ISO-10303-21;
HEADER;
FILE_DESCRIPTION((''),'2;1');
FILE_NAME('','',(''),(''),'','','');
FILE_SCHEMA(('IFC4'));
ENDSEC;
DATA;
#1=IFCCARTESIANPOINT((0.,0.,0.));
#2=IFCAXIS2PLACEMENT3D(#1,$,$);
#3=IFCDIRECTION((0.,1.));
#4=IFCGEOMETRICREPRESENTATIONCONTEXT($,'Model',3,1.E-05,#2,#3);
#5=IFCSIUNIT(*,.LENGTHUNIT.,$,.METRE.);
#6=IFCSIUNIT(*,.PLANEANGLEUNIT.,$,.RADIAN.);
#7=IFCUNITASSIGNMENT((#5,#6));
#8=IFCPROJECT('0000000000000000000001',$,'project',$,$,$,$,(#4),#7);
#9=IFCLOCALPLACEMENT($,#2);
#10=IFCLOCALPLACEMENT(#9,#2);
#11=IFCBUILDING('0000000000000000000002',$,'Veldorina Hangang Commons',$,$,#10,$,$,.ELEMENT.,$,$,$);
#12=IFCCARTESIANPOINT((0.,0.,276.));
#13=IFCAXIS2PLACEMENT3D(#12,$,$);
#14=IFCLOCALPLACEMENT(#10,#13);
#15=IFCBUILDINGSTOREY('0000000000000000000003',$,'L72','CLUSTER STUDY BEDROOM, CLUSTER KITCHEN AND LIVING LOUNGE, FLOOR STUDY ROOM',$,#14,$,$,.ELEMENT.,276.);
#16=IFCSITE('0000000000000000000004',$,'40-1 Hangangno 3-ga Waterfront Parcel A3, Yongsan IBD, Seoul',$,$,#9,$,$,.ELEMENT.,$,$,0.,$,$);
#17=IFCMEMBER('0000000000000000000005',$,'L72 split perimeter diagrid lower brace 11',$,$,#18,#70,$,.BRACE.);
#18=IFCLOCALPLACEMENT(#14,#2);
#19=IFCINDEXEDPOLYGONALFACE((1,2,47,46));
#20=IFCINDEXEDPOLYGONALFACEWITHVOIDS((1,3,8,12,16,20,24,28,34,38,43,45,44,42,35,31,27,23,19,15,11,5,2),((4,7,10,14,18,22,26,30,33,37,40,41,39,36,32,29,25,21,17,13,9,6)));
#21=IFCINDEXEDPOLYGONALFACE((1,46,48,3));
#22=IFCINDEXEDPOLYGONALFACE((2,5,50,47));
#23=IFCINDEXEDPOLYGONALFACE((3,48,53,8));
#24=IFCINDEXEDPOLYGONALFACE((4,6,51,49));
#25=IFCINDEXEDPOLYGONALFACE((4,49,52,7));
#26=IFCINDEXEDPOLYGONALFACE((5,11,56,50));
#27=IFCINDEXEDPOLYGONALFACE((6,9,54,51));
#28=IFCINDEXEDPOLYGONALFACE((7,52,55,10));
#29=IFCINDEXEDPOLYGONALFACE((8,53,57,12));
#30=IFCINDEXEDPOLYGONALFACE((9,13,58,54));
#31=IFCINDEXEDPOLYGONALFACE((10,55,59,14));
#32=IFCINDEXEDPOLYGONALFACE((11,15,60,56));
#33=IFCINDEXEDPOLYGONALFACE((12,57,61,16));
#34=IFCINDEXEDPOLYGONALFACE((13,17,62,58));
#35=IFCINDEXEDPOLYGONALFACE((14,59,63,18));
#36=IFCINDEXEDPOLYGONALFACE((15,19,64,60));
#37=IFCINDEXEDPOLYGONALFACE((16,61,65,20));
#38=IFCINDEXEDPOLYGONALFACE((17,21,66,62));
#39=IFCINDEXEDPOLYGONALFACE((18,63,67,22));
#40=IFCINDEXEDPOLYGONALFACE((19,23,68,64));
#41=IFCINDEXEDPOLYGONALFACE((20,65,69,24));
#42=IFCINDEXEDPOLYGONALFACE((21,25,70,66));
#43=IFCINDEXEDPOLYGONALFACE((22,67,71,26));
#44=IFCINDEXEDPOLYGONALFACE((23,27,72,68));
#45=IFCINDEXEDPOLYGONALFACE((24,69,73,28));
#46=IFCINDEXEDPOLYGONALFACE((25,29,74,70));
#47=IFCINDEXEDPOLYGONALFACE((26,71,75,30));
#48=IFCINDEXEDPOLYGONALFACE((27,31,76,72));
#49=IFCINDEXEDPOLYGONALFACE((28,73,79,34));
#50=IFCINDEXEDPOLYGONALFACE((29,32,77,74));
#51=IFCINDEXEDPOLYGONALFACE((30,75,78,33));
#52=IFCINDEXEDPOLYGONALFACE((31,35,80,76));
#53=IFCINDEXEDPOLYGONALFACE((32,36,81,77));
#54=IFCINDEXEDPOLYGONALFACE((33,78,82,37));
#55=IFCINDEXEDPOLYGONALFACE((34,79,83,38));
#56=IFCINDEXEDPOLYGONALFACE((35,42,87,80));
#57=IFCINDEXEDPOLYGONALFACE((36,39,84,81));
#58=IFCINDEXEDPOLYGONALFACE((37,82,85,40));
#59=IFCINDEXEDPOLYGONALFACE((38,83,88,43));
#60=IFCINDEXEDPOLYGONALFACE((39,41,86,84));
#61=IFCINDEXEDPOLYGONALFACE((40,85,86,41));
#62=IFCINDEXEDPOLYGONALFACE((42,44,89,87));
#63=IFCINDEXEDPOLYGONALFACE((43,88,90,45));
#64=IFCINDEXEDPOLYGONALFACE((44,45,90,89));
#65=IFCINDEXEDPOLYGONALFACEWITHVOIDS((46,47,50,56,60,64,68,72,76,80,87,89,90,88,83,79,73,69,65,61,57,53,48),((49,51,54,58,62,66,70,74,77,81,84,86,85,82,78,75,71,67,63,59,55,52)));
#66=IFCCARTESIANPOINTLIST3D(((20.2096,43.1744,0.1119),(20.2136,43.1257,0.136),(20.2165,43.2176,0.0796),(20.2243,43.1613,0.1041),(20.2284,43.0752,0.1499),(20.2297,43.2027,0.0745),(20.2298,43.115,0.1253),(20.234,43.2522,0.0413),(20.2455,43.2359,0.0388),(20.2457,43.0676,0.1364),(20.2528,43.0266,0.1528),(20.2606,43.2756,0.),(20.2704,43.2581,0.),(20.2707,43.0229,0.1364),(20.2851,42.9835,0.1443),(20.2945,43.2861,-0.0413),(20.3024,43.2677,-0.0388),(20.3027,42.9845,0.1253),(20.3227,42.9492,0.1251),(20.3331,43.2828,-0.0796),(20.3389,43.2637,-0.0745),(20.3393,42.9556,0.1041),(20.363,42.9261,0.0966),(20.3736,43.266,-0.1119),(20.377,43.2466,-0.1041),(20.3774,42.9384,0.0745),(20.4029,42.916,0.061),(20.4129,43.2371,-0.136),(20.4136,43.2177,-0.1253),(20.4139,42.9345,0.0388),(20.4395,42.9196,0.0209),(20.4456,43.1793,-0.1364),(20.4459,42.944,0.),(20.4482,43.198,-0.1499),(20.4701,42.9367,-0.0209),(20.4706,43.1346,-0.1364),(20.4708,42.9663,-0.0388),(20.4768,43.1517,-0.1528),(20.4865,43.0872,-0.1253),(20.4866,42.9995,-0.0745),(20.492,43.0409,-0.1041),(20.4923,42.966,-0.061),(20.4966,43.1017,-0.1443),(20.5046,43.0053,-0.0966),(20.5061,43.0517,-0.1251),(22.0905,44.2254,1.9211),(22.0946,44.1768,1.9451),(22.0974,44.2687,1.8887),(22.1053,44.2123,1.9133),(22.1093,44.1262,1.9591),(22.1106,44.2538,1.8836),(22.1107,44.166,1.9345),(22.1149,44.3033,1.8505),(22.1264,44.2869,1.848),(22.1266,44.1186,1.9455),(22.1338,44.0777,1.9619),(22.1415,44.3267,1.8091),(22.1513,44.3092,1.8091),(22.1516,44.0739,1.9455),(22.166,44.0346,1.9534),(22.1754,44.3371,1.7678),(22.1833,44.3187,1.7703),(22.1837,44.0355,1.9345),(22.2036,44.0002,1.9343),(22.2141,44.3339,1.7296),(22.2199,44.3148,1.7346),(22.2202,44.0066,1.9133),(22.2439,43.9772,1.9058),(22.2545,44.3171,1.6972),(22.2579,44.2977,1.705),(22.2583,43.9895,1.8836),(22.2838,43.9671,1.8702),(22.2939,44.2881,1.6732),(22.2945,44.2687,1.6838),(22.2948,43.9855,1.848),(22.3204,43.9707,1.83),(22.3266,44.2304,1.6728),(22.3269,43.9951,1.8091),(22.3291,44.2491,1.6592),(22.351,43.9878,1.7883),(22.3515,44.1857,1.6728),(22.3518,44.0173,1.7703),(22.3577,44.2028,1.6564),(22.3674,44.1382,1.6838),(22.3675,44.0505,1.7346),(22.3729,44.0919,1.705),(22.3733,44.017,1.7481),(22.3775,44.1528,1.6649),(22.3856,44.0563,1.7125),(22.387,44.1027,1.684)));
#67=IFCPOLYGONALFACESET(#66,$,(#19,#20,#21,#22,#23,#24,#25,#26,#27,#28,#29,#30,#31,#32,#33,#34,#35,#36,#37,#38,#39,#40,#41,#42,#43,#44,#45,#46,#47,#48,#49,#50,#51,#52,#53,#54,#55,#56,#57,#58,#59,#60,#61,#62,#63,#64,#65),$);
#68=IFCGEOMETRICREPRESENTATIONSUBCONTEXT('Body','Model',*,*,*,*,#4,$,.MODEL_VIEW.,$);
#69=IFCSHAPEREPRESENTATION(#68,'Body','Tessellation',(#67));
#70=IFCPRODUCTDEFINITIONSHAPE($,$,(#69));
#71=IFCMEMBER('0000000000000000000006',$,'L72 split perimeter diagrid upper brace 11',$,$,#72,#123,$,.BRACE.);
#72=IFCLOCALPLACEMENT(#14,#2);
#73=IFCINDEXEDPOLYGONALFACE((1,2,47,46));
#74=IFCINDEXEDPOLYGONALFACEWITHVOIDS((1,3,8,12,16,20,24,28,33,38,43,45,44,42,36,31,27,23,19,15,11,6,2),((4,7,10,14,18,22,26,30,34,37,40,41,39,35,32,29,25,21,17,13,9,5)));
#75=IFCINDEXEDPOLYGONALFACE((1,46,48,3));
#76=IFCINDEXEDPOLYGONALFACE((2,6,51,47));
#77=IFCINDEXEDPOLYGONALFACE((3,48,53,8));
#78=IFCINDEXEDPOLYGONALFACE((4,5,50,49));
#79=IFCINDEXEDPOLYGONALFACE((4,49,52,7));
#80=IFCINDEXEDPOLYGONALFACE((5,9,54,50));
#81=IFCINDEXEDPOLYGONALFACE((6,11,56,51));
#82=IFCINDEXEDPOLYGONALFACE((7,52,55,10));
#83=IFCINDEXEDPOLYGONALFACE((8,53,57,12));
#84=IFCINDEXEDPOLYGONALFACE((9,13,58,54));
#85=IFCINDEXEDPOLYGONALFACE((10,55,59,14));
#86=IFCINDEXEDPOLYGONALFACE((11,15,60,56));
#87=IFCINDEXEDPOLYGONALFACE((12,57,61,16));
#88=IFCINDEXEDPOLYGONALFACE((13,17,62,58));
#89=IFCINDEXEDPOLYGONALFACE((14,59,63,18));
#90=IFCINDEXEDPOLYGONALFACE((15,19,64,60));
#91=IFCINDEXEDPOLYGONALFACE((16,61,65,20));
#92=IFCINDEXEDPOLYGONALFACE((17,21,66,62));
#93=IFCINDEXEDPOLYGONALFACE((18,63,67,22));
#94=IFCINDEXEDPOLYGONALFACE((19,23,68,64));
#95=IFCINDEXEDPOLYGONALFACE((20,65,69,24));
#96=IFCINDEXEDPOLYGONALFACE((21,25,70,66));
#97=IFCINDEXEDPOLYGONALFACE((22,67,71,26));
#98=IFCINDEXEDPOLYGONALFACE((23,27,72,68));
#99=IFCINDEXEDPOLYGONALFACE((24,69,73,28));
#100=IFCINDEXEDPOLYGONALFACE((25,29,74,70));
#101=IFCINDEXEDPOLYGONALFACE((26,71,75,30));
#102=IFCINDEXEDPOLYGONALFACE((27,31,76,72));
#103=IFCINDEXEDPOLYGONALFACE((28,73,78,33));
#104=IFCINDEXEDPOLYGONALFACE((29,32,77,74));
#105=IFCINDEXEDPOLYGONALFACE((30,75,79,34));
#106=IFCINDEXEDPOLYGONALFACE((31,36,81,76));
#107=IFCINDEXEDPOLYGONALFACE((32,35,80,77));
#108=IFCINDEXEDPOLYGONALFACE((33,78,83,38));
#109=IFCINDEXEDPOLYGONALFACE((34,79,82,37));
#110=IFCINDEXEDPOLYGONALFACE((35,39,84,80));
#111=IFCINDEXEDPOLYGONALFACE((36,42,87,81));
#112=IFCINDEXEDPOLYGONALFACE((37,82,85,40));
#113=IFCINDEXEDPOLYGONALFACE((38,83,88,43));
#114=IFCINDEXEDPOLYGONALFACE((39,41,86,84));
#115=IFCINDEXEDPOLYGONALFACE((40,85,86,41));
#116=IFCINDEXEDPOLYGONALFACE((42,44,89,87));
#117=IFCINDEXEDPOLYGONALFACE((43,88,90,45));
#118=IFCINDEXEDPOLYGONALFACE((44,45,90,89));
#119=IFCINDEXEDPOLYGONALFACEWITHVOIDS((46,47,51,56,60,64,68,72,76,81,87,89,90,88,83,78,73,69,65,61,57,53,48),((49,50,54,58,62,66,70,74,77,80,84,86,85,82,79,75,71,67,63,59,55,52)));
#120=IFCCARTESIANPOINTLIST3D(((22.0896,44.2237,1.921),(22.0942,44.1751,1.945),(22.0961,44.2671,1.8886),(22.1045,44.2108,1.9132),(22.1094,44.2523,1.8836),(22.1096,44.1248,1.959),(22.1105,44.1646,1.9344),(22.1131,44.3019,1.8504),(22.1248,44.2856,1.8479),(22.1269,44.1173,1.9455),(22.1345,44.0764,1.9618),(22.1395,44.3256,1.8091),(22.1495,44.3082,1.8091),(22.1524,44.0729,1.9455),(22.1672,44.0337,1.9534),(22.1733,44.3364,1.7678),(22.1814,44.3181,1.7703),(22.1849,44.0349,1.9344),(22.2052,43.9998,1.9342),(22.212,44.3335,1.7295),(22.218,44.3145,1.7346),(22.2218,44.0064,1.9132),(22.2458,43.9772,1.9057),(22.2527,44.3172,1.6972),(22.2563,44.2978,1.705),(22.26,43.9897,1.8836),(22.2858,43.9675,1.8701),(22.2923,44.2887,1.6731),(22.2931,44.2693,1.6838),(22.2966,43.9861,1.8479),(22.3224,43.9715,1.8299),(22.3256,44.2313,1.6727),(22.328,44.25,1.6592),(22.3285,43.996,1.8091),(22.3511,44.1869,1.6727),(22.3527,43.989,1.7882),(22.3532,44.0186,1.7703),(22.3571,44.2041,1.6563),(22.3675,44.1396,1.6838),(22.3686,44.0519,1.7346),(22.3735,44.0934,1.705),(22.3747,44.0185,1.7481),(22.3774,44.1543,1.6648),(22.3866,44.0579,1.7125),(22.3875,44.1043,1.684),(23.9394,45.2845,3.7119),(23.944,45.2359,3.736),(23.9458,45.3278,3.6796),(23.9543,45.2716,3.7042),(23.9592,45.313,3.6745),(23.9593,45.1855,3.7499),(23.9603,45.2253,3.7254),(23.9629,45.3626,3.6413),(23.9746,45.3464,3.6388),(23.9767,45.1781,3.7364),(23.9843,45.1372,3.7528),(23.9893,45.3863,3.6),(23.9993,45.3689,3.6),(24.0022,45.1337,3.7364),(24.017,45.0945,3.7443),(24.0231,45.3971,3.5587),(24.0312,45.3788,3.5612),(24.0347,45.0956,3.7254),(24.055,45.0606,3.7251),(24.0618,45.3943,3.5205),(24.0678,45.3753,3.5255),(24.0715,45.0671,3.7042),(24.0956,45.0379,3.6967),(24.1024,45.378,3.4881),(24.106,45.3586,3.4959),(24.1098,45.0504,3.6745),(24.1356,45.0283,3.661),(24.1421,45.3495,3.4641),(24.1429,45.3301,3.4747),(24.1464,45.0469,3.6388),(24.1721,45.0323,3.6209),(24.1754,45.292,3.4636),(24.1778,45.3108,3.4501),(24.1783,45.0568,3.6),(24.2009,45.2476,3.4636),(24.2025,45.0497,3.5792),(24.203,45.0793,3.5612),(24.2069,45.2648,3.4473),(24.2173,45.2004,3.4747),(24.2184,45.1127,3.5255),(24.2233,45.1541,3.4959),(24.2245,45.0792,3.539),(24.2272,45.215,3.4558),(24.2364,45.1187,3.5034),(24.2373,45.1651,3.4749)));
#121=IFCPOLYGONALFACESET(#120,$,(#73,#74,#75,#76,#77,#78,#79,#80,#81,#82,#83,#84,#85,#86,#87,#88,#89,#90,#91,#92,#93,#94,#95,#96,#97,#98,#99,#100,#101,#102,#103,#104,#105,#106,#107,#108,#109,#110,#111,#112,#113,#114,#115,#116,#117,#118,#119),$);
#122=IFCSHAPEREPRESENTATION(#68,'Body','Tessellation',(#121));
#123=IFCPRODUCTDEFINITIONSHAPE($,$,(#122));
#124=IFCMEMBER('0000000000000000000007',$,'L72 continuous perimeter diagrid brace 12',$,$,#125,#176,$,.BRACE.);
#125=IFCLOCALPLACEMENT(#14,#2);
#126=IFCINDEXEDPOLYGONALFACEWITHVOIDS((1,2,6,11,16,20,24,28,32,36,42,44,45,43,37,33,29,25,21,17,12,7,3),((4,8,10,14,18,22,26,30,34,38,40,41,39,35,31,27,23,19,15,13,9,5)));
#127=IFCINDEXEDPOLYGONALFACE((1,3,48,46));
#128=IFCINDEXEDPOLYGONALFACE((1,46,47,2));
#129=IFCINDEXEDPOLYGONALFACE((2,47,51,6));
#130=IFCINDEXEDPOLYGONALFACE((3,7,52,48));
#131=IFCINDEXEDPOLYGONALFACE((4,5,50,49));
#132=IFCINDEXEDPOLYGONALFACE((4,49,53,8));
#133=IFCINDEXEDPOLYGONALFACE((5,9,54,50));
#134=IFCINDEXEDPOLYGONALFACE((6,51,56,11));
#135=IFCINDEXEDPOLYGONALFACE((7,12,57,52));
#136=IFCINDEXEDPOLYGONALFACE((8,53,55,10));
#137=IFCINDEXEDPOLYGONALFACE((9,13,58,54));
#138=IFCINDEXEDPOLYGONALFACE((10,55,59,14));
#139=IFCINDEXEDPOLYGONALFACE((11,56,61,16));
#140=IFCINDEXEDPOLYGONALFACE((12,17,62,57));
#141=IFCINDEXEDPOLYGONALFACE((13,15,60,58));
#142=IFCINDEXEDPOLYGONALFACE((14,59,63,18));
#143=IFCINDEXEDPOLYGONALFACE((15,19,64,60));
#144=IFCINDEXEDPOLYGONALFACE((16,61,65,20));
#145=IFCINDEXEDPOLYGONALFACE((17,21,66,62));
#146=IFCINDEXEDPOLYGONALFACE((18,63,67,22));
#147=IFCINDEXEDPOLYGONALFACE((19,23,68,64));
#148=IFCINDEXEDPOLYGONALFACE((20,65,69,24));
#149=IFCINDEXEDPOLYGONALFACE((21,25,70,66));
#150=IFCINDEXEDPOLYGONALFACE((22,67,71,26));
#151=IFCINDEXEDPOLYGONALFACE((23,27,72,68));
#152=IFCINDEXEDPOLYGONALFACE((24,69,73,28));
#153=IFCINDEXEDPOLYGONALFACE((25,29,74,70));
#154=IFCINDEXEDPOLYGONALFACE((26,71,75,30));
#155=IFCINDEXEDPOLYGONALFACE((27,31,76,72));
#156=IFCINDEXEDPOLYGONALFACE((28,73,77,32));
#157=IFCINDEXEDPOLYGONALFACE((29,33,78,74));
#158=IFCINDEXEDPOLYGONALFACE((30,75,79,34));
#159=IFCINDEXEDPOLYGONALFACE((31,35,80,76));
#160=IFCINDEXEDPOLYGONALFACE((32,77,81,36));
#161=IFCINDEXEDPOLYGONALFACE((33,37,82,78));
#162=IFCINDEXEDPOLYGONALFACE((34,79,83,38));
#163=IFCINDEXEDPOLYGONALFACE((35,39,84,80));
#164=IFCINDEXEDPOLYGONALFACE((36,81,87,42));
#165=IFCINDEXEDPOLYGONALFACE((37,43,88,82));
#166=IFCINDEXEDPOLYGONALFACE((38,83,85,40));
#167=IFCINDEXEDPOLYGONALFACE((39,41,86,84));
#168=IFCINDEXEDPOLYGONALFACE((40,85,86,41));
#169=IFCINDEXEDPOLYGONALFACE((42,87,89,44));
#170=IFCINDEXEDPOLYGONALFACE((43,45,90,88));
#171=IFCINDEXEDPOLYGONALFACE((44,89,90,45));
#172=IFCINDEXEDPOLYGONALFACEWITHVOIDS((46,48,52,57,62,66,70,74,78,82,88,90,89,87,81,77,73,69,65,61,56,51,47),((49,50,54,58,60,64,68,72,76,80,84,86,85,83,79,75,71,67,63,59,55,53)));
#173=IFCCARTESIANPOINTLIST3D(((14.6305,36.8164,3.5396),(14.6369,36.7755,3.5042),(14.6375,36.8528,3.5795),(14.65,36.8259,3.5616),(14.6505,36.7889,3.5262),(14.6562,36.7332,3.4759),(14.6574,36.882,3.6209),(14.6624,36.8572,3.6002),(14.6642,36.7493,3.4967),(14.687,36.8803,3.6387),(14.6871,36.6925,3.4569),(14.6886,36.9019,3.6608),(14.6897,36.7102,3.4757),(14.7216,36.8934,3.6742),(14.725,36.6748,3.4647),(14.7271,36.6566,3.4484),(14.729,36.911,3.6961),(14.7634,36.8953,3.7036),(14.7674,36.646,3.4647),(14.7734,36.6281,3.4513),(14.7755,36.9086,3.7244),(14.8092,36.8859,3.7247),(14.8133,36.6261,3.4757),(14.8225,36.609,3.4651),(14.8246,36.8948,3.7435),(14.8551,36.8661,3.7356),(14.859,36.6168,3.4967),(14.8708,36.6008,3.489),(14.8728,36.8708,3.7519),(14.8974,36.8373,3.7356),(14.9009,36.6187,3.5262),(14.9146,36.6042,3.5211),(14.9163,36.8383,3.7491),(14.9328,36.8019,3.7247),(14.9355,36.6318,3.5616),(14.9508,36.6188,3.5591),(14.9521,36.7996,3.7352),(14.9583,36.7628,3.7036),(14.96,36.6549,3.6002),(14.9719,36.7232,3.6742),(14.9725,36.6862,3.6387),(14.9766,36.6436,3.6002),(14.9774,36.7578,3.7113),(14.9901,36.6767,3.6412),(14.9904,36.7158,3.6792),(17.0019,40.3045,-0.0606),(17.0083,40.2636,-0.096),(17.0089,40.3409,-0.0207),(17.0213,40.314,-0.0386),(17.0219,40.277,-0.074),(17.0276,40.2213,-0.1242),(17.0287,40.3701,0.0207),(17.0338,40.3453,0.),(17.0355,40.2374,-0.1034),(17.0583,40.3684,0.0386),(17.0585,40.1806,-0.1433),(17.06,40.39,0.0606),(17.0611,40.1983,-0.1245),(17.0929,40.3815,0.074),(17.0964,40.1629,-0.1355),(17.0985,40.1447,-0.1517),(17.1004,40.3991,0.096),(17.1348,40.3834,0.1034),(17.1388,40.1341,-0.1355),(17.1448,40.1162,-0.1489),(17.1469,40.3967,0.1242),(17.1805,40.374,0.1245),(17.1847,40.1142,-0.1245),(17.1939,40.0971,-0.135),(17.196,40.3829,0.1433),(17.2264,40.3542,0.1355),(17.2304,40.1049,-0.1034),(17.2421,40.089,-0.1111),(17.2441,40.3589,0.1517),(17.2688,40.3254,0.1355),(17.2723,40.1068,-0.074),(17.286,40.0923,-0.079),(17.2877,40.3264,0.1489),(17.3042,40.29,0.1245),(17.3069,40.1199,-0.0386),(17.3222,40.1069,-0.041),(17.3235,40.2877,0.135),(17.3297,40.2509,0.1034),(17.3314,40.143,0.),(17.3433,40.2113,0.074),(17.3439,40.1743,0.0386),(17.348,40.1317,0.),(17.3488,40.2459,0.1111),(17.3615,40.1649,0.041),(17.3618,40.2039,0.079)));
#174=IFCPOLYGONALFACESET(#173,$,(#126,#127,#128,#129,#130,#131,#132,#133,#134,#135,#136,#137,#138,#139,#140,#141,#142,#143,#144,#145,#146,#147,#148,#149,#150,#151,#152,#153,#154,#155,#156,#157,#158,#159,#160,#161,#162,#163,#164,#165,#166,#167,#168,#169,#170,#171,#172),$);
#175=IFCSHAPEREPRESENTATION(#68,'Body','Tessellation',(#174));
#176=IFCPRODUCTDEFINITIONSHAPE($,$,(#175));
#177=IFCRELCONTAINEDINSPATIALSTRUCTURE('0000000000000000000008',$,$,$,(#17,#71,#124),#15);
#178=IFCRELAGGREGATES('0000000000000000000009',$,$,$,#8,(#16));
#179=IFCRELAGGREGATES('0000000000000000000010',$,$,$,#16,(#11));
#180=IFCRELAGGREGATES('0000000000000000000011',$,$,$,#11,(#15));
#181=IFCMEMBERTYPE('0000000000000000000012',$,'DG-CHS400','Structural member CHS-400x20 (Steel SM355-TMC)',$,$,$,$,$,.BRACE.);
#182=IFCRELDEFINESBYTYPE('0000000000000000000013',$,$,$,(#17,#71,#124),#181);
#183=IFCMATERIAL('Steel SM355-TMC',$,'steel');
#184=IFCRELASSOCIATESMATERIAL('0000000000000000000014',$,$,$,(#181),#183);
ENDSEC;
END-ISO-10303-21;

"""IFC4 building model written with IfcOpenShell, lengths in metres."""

from ifc_helpers import new_model, si_unit, direction, frame, origin, origin_2d, place, context, subcontext, project, spatial, hollow_circle, extrude, material, material_profile, profile_set, type_object, element, save


model = new_model("IFC4")

# Units and contexts
model_context = context("Model", 3, precision=1e-05, world=origin(), true_north=direction((0.0, 1.0)))
body_context = subcontext(model_context, "Body", "Model", "MODEL_VIEW")
ifc_project = project(units=[si_unit("LENGTHUNIT", "METRE"), si_unit("PLANEANGLEUNIT", "RADIAN")], contexts=[model_context])

# Site, building, storey
site_placement = place(None, origin())
site = spatial("IfcSite", under=ifc_project, at=site_placement, Name="40-1 Hangangno 3-ga Waterfront Parcel A3, Yongsan IBD, Seoul", CompositionType="ELEMENT", RefElevation=0.0)
building_placement = place(site_placement, origin())
building = spatial("IfcBuilding", under=site, at=building_placement, Name="Veldorina Hangang Commons", CompositionType="ELEMENT")
storey_placement = place(building_placement, frame((0.0, 0.0, 276.0)))
storey = spatial("IfcBuildingStorey", under=building, at=storey_placement, Name="L72", Description="CLUSTER STUDY BEDROOM, CLUSTER KITCHEN AND LIVING LOUNGE, FLOOR STUDY ROOM", CompositionType="ELEMENT", Elevation=276.0)

# Shared definitions
ifc_material_1 = material(Name="Steel SM355-TMC", Category="steel")

# Members
ifc_material_profile_1 = material_profile(ifc_material_1, hollow_circle(Radius=0.2, WallThickness=0.02, at=origin_2d()), Name="CHS-400x20")
ifc_profile_set_1 = profile_set([ifc_material_profile_1], Name="Steel SM355-TMC")
member_type_1 = type_object("IfcMemberType", Name="DG-CHS400", Description="Structural member CHS-400x20 (Steel SM355-TMC)", PredefinedType="BRACE", material=ifc_profile_set_1)
member_1_placement = place(storey_placement, frame((20.3582, 43.1011, 0.0), z_axis=(0.668543, 0.373582, 0.64303), x_axis=(-0.487806, 0.872952, 0.0)))
element("IfcMember", 1, at=member_1_placement, inside=storey, type_object=member_type_1, Name="L72 split perimeter diagrid lower brace 11", PredefinedType="BRACE", context=body_context, shape_type="SweptSolid", body=[
    extrude(hollow_circle(Radius=0.2, WallThickness=0.02, at=origin_2d()), origin(), (0.0, 0.0, 1.0), 2.8135),
])
member_2_placement = place(storey_placement, frame((22.239, 44.1521, 1.8091), z_axis=(0.664274, 0.380925, 0.643146), x_axis=(-0.497458, 0.867488, 0.0)))
element("IfcMember", 2, at=member_2_placement, inside=storey, type_object=member_type_1, Name="L72 split perimeter diagrid upper brace 11", PredefinedType="BRACE", context=body_context, shape_type="SweptSolid", body=[
    extrude(hollow_circle(Radius=0.2, WallThickness=0.02, at=origin_2d()), origin(), (0.0, 0.0, 1.0), 2.7847),
])
member_3_placement = place(storey_placement, frame((17.1826, 40.2441, 0.0), z_axis=(-0.42763, -0.629008, 0.649216), x_axis=(0.826985, -0.562225, 0.0)))
element("IfcMember", 3, at=member_3_placement, inside=storey, type_object=member_type_1, Name="L72 continuous perimeter diagrid brace 12", PredefinedType="BRACE", context=body_context, shape_type="SweptSolid", body=[
    extrude(hollow_circle(Radius=0.2, WallThickness=0.02, at=origin_2d()), origin(), (0.0, 0.0, 1.0), 5.5454),
])

save(model, "model.ifc")
